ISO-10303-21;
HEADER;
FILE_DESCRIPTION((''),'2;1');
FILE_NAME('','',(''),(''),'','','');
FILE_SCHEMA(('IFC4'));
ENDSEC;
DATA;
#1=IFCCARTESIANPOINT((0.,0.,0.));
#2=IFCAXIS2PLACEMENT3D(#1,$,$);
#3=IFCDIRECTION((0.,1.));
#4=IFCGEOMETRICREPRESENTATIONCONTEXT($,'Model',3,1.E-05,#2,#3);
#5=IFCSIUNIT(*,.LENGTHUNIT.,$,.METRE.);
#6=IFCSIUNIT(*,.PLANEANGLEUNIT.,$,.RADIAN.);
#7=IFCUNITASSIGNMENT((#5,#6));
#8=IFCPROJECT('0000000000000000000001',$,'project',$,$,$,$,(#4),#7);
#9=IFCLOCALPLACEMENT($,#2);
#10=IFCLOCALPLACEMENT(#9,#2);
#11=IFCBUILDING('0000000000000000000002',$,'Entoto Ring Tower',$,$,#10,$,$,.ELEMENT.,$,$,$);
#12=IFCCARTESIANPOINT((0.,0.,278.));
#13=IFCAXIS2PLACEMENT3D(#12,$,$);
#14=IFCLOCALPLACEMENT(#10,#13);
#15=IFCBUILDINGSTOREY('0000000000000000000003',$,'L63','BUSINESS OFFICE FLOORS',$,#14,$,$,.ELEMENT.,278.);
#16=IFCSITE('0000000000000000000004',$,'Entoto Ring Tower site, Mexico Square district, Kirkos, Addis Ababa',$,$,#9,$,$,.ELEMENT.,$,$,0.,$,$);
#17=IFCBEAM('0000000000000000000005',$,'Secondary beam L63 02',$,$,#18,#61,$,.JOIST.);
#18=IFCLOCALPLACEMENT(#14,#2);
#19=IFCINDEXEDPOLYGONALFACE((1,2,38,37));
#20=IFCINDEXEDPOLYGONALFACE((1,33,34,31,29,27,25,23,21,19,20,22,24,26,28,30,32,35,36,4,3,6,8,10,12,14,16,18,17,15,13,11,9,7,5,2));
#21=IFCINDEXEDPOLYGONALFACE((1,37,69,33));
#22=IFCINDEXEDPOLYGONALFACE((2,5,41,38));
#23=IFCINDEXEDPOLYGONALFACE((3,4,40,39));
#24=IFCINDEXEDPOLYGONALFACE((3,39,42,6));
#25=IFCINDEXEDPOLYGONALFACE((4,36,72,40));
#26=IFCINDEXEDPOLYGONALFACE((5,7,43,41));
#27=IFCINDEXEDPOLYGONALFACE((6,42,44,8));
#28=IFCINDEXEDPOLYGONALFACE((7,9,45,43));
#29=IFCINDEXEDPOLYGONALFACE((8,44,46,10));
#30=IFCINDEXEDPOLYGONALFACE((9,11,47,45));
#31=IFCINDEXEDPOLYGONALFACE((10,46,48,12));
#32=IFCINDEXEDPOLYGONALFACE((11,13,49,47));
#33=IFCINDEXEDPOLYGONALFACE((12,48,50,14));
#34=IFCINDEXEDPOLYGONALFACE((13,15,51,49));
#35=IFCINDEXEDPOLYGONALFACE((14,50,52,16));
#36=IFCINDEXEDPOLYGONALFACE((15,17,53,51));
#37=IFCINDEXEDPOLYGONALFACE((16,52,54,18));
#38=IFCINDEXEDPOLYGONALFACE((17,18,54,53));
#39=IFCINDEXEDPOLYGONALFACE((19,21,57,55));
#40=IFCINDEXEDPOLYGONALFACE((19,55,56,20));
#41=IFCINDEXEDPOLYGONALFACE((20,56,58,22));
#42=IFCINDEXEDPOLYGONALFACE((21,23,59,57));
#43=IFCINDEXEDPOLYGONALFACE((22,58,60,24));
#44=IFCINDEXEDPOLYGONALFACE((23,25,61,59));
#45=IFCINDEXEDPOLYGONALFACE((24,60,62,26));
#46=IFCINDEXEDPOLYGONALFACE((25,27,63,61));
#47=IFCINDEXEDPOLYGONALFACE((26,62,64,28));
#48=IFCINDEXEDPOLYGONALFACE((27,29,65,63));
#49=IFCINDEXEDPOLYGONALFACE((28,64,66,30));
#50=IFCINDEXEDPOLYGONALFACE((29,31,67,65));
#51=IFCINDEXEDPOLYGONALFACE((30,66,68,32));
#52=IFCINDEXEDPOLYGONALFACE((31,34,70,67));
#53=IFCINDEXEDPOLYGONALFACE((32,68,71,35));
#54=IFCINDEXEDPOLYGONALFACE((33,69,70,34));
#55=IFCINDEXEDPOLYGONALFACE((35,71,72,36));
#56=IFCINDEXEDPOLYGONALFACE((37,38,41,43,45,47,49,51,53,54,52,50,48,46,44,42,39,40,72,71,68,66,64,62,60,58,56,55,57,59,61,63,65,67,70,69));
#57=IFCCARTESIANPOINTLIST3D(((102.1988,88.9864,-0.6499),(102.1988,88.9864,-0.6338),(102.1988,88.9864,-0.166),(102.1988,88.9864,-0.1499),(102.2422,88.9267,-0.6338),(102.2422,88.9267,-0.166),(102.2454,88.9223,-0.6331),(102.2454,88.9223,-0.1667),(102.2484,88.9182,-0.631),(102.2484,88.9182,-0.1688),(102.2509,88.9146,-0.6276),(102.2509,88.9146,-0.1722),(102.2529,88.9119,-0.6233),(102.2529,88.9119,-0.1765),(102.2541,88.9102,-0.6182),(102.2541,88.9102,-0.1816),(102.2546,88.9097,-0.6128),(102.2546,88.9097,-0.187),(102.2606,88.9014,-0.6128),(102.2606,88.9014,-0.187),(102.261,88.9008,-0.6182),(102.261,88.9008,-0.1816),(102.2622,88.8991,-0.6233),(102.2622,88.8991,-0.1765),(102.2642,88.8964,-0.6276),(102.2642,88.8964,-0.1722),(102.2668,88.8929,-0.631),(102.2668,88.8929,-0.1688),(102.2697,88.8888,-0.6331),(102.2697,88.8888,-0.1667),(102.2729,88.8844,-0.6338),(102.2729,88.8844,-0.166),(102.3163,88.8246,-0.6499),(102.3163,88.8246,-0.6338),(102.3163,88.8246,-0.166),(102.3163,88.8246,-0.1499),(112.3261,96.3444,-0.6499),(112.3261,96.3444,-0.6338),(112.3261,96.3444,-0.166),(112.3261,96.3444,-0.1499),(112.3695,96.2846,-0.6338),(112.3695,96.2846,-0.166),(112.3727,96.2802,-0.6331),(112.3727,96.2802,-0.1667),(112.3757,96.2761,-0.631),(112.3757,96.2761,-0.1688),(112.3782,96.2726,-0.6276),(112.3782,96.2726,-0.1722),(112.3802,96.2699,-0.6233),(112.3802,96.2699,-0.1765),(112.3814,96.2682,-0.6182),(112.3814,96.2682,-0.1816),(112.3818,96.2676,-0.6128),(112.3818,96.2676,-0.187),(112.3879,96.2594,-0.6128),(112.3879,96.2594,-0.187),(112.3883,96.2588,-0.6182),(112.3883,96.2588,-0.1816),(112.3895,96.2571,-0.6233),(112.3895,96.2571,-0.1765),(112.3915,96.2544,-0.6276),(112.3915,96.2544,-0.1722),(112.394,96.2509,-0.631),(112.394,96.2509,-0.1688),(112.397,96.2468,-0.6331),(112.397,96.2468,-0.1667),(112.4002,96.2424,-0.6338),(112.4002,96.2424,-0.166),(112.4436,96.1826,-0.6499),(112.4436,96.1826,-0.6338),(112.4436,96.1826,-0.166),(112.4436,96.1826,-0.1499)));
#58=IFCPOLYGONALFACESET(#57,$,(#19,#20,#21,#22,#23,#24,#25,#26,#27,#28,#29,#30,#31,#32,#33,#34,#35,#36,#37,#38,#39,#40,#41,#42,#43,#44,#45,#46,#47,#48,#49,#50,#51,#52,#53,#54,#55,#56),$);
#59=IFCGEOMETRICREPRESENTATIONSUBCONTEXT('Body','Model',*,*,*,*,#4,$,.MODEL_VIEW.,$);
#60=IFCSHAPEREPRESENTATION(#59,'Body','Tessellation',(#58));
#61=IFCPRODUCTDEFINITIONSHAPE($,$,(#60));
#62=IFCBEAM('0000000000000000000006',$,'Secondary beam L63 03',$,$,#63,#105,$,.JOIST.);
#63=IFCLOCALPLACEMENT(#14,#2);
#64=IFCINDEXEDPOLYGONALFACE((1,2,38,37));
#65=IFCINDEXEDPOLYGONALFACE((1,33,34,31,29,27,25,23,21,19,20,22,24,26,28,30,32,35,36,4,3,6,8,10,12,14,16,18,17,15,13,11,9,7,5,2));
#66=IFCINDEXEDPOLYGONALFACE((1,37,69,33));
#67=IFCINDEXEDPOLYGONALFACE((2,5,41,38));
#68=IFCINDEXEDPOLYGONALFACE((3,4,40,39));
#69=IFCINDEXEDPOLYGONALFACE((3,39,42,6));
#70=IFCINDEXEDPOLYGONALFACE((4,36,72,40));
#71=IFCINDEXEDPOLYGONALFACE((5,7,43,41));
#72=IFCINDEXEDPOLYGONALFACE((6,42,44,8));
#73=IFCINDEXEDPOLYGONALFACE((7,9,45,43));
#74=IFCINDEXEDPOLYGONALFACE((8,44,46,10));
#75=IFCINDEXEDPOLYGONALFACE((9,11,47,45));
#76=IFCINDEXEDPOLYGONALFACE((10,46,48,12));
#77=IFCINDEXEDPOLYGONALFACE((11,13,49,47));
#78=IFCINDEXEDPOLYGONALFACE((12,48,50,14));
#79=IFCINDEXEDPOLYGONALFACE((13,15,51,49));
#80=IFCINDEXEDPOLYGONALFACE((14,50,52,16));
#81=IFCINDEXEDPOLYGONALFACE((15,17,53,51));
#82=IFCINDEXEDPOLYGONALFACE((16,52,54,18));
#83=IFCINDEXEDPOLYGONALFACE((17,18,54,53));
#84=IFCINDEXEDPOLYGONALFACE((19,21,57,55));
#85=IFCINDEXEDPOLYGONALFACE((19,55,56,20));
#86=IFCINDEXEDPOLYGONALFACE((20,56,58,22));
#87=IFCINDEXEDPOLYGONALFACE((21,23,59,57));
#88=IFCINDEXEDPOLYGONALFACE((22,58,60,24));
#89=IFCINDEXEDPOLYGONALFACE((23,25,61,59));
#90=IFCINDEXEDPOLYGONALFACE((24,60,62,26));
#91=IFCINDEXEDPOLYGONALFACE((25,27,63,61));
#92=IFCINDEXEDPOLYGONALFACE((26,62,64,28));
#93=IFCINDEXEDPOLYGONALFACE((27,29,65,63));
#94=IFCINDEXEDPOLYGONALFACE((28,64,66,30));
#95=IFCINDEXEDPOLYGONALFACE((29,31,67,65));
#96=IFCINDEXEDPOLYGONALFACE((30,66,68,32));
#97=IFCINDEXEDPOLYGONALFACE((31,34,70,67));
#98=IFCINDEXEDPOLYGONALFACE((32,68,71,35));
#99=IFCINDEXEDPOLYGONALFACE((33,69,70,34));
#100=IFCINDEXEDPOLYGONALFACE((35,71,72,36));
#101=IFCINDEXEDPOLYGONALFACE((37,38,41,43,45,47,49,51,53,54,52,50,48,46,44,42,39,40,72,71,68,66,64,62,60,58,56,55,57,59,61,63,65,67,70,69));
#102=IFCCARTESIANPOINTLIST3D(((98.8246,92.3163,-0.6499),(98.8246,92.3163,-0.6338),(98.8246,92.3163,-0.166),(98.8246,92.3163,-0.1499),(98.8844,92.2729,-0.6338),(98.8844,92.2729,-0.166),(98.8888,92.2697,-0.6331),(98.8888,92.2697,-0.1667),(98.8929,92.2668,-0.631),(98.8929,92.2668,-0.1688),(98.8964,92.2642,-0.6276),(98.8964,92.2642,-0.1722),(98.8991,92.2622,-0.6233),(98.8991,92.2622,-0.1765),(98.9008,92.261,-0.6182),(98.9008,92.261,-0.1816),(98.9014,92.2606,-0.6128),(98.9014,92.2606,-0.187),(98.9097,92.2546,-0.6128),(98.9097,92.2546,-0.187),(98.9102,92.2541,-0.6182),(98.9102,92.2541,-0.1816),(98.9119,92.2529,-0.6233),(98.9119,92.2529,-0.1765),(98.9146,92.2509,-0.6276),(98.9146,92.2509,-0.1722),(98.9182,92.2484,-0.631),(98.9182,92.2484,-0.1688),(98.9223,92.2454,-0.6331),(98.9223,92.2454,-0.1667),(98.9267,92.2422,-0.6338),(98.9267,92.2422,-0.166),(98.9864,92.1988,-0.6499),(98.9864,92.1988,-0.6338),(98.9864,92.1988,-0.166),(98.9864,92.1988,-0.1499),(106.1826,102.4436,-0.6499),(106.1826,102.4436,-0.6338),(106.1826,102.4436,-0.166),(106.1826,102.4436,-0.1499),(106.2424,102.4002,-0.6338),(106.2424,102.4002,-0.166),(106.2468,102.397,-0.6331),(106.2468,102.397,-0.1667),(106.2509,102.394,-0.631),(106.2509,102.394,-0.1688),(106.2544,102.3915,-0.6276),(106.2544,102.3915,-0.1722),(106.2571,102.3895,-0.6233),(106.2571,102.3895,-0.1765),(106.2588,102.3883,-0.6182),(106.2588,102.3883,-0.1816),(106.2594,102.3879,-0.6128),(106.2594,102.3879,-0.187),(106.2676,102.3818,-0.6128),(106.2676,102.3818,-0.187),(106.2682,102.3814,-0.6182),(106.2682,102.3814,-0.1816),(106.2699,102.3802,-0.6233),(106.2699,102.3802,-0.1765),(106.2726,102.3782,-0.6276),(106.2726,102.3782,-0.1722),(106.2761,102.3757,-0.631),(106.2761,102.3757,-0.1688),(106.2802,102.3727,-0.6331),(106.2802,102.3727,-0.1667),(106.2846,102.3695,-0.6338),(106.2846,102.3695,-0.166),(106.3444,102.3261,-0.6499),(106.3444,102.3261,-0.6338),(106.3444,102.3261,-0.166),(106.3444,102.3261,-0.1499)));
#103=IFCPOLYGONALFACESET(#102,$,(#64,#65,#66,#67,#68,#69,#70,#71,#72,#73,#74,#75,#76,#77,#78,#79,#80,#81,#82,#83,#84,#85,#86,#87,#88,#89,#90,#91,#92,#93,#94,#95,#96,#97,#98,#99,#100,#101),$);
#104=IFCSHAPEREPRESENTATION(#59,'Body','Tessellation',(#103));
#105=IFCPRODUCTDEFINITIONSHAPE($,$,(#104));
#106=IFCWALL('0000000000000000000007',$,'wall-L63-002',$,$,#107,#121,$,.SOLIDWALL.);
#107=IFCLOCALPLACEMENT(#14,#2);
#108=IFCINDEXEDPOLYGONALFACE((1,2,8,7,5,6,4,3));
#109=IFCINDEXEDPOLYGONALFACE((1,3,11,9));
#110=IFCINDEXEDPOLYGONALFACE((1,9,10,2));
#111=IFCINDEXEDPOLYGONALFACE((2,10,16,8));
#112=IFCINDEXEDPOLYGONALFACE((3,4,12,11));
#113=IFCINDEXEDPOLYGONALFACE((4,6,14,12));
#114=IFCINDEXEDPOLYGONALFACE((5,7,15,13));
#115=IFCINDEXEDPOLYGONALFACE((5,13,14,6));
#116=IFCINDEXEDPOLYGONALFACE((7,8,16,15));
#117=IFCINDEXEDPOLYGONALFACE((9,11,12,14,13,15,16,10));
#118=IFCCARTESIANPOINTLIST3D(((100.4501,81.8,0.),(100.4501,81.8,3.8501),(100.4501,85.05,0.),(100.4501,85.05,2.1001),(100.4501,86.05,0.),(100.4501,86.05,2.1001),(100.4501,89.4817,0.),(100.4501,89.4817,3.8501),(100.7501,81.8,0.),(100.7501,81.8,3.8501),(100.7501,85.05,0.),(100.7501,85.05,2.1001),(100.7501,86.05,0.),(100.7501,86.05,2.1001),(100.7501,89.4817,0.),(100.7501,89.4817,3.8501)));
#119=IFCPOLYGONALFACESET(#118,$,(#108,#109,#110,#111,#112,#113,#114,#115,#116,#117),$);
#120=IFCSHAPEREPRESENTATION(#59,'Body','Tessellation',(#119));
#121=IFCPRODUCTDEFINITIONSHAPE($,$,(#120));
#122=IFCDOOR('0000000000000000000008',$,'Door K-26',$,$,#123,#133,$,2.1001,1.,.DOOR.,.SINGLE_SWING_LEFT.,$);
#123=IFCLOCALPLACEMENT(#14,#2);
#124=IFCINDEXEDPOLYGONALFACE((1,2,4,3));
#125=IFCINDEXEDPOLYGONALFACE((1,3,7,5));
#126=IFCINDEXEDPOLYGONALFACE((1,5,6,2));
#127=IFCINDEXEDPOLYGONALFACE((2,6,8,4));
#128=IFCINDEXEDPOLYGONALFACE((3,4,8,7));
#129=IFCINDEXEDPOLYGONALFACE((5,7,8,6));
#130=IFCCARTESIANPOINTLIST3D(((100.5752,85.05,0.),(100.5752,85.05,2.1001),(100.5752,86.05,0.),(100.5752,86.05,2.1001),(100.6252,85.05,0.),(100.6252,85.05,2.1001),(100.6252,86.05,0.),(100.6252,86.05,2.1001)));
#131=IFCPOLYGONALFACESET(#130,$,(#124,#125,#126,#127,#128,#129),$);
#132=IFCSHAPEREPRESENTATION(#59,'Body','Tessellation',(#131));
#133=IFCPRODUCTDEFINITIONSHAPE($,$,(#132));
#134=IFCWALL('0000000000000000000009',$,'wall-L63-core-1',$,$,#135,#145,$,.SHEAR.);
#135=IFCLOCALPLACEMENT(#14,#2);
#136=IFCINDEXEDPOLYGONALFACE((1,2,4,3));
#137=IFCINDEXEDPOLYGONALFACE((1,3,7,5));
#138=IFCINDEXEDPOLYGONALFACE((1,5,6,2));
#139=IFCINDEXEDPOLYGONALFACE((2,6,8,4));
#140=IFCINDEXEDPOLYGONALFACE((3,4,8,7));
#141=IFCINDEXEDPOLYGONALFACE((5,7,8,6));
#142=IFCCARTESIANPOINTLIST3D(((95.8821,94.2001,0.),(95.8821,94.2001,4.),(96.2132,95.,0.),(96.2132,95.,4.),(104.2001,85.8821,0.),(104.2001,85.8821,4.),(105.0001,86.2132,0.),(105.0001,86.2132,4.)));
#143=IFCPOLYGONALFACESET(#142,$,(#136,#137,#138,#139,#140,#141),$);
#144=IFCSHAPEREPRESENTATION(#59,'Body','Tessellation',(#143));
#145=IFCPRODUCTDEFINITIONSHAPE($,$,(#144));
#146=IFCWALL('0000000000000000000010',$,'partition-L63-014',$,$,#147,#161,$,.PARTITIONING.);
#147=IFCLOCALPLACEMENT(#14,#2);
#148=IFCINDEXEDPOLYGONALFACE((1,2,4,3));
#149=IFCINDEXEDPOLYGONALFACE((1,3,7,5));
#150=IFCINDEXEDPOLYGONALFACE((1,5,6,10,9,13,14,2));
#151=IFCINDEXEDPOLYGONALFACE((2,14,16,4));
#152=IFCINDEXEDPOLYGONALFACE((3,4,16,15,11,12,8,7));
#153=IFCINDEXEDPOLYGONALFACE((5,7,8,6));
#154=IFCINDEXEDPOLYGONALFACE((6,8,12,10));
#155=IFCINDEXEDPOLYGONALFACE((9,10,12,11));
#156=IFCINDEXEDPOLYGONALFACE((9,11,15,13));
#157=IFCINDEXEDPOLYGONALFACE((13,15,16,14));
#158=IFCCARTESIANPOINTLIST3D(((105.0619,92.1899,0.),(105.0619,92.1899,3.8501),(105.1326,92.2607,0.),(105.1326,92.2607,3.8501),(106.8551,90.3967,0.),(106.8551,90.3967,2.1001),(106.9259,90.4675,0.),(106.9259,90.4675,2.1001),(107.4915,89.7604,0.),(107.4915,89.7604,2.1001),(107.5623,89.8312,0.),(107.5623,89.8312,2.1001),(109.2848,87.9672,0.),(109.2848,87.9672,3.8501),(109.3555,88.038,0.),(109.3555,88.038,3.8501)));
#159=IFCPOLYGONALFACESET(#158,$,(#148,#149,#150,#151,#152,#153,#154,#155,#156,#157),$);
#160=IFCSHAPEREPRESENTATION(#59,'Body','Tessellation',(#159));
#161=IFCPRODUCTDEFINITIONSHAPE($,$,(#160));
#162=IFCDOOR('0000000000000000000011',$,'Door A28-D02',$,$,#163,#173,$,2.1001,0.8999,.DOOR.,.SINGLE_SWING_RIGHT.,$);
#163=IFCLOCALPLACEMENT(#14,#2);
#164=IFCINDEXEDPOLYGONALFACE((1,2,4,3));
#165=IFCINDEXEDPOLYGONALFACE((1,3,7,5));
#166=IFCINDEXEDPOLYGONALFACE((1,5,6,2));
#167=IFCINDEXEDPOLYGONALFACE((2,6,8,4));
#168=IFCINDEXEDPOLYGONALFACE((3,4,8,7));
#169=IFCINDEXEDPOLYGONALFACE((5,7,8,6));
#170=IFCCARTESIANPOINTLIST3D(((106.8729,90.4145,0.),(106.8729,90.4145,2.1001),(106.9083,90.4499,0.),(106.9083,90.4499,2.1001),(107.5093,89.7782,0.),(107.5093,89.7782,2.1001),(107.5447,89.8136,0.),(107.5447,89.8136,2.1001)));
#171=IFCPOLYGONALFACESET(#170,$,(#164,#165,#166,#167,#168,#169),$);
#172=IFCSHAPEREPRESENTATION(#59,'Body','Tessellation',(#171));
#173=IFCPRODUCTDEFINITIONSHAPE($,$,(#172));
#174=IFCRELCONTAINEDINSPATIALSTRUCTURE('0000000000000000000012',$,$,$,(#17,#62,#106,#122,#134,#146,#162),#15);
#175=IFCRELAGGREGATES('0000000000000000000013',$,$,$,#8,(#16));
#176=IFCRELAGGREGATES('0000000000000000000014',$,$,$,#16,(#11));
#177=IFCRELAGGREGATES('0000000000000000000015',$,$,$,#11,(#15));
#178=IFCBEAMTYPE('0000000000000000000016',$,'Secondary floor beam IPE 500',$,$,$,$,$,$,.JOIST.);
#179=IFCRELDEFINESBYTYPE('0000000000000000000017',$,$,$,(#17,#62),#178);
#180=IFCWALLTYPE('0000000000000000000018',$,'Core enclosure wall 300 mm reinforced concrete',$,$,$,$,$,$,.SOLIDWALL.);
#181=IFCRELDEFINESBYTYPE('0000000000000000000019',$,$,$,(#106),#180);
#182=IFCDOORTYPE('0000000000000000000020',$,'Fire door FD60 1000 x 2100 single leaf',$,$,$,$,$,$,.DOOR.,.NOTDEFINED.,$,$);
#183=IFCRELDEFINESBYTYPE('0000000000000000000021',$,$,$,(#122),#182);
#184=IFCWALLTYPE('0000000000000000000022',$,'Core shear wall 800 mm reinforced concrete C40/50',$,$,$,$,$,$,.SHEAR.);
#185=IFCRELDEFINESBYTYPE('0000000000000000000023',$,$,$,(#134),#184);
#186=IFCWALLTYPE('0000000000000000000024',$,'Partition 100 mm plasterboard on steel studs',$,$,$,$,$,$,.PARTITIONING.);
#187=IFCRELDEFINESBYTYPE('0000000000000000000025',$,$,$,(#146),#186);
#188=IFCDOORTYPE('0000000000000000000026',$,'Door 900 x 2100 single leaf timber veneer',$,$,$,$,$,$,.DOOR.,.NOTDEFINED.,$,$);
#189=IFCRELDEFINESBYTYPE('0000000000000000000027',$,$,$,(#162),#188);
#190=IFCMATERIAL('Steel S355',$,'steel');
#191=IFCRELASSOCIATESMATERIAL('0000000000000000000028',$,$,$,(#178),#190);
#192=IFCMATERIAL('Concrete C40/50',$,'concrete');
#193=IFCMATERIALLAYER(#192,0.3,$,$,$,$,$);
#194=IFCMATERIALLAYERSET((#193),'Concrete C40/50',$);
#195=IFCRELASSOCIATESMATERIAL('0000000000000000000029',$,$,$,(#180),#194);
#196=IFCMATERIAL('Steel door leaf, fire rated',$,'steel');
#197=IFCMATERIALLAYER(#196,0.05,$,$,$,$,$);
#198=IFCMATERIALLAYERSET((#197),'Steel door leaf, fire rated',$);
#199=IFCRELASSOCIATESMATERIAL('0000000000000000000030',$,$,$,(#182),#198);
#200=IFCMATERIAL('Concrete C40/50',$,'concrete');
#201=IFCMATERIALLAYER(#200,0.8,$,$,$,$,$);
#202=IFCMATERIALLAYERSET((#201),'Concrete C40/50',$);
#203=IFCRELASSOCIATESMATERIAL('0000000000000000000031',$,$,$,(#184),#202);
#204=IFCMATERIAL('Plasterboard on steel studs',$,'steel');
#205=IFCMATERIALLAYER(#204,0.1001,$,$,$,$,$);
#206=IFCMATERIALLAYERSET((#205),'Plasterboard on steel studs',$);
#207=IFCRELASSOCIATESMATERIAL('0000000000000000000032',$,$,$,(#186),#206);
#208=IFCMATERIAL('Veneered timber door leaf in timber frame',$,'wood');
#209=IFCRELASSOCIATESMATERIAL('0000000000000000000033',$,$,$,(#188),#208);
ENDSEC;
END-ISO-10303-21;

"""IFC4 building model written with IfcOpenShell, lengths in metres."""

from ifc_helpers import new_model, si_unit, direction, frame, frame_2d, origin, origin_2d, place, context, subcontext, project, spatial, polyline, rectangle, i_section, outline, extrude, material, layer, layer_set, material_profile, profile_set, type_object, element, fill, save


model = new_model("IFC4")

# Units and contexts
model_context = context("Model", 3, precision=1e-05, world=origin(), true_north=direction((0.0, 1.0)))
body_context = subcontext(model_context, "Body", "Model", "MODEL_VIEW")
ifc_project = project(units=[si_unit("LENGTHUNIT", "METRE"), si_unit("PLANEANGLEUNIT", "RADIAN")], contexts=[model_context])

# Site, building, storey
site_placement = place(None, origin())
site = spatial("IfcSite", under=ifc_project, at=site_placement, Name="Entoto Ring Tower site, Mexico Square district, Kirkos, Addis Ababa", CompositionType="ELEMENT", RefElevation=0.0)
building_placement = place(site_placement, origin())
building = spatial("IfcBuilding", under=site, at=building_placement, Name="Entoto Ring Tower", CompositionType="ELEMENT")
storey_placement = place(building_placement, frame((0.0, 0.0, 278.0)))
storey = spatial("IfcBuildingStorey", under=building, at=storey_placement, Name="L63", Description="BUSINESS OFFICE FLOORS", CompositionType="ELEMENT", Elevation=278.0)

# Beams
ifc_material_1 = material(Name="Steel S355", Category="steel")
ifc_material_profile_1 = material_profile(ifc_material_1, i_section(OverallWidth=0.2, OverallDepth=0.5, WebThickness=0.0103, FlangeThickness=0.0161, FilletRadius=0.021, at=origin_2d()), Name="IPE 500")
ifc_profile_set_1 = profile_set([ifc_material_profile_1], Name="Steel S355")
beam_type_1 = type_object("IfcBeamType", Name="Secondary floor beam IPE 500", PredefinedType="JOIST", material=ifc_profile_set_1)
for number, where, z_axis, x_axis, name in (
    (1, (102.2576, 88.9055, -0.3999), (0.809014, 0.587789, 0.0), (-0.587789, 0.809014, 0.0), "Secondary beam L63 02"),
    (2, (98.9055, 92.2576, -0.3999), (0.587789, 0.809014, 0.0), (-0.809014, 0.587789, 0.0), "Secondary beam L63 03"),
):
    element("IfcBeam", number, at=place(storey_placement, frame(where, z_axis=z_axis, x_axis=x_axis)), inside=storey, type_object=beam_type_1, Name=name, PredefinedType="JOIST", context=body_context, shape_type="SweptSolid", body=[
        extrude(i_section(OverallWidth=0.2, OverallDepth=0.5, WebThickness=0.0103, FlangeThickness=0.0161, FilletRadius=0.021, at=origin_2d()), origin(), (0.0, 0.0, 1.0), 12.5181),
    ])

# Wall, opening, door
ifc_material_2 = material(Name="Concrete C40/50", Category="concrete")
ifc_layer_1 = layer(ifc_material_2, 0.3)
ifc_layer_set_1 = layer_set([ifc_layer_1], Name="Concrete C40/50")
wall_type_1 = type_object("IfcWallType", Name="Core enclosure wall 300 mm reinforced concrete", PredefinedType="SOLIDWALL", material=ifc_layer_set_1)
wall_1_placement = place(storey_placement, frame((100.6001, 81.8, 0.0), z_axis=(0.0, 0.0, 1.0), x_axis=(0.0, 1.0, 0.0)))
wall_1 = element("IfcWall", 3, at=wall_1_placement, inside=storey, type_object=wall_type_1, Name="wall-L63-002", PredefinedType="SOLIDWALL", context=body_context, shape_type="SweptSolid", body=[
    extrude(rectangle(XDim=7.6816, YDim=0.3, at=frame_2d((3.8408, 0.0))), origin(), (0.0, 0.0, 1.0), 3.8501),
])
opening_1_placement = place(wall_1_placement, frame((3.25, 0.0, 0.0)))
opening_1 = element("IfcOpeningElement", 4, at=opening_1_placement, cuts=wall_1, PredefinedType="OPENING", context=body_context, shape_type="SweptSolid", body=[
    extrude(rectangle(XDim=1.0, YDim=2.1001, at=frame_2d((0.5, 1.05))), frame((0.0, 0.1602, 0.0), z_axis=(0.0, -1.0, 0.0), x_axis=(1.0, 0.0, 0.0)), (0.0, 0.0, 1.0), 0.3201),
])
ifc_material_3 = material(Name="Steel door leaf, fire rated", Category="steel")
ifc_layer_2 = layer(ifc_material_3, 0.05)
ifc_layer_set_2 = layer_set([ifc_layer_2], Name="Steel door leaf, fire rated")
door_type_1 = type_object("IfcDoorType", Name="Fire door FD60 1000 x 2100 single leaf", OperationType="NOTDEFINED", PredefinedType="DOOR", material=ifc_layer_set_2)
door_1_placement = place(opening_1_placement, origin())
door_1 = element("IfcDoor", 5, at=door_1_placement, inside=storey, type_object=door_type_1, Name="Door K-26", OperationType="SINGLE_SWING_LEFT", OverallHeight=2.1001, OverallWidth=1.0, PredefinedType="DOOR", context=body_context, shape_type="SweptSolid", body=[
    extrude(rectangle(XDim=1.0, YDim=2.1001, at=frame_2d((0.5, 1.05))), frame((0.0, 0.0249, 0.0), z_axis=(0.0, -1.0, 0.0), x_axis=(1.0, 0.0, 0.0)), (0.0, 0.0, 1.0), 0.05),
])
fill(opening_1, door_1)

# Wall
ifc_material_4 = material(Name="Concrete C40/50", Category="concrete")
ifc_layer_3 = layer(ifc_material_4, 0.8)
ifc_layer_set_3 = layer_set([ifc_layer_3], Name="Concrete C40/50")
wall_type_2 = type_object("IfcWallType", Name="Core shear wall 800 mm reinforced concrete C40/50", PredefinedType="SHEAR", material=ifc_layer_set_3)
wall_2_placement = place(storey_placement, frame((104.6001, 86.0476, 0.0), z_axis=(0.0, 0.0, 1.0), x_axis=(-0.707107, 0.707107, 0.0)))
element("IfcWall", 6, at=wall_2_placement, inside=storey, type_object=wall_type_2, Name="wall-L63-core-1", PredefinedType="SHEAR", context=body_context, shape_type="SweptSolid", body=[
    extrude(outline(polyline([(-0.1658, -0.3999), (12.2607, -0.3999), (11.9292, 0.3999), (0.1658, 0.3999), (-0.1658, -0.3999)])), origin(), (0.0, 0.0, 1.0), 4.0),
])

# Wall, opening, door
ifc_material_5 = material(Name="Plasterboard on steel studs", Category="steel")
ifc_layer_4 = layer(ifc_material_5, 0.1001)
ifc_layer_set_4 = layer_set([ifc_layer_4], Name="Plasterboard on steel studs")
wall_type_3 = type_object("IfcWallType", Name="Partition 100 mm plasterboard on steel studs", PredefinedType="PARTITIONING", material=ifc_layer_set_4)
wall_3_placement = place(storey_placement, frame((109.3201, 88.0027, 0.0), z_axis=(0.0, 0.0, 1.0), x_axis=(-0.707127, 0.707086, 0.0)))
wall_3 = element("IfcWall", 7, at=wall_3_placement, inside=storey, type_object=wall_type_3, Name="partition-L63-014", PredefinedType="PARTITIONING", context=body_context, shape_type="SweptSolid", body=[
    extrude(rectangle(XDim=5.9719, YDim=0.1001, at=frame_2d((2.9858, 0.0))), origin(), (0.0, 0.0, 1.0), 3.8501),
])
opening_2_placement = place(wall_3_placement, frame((2.5359, 0.0, 0.0)))
opening_2 = element("IfcOpeningElement", 8, at=opening_2_placement, cuts=wall_3, PredefinedType="OPENING", context=body_context, shape_type="SweptSolid", body=[
    extrude(rectangle(XDim=0.8999, YDim=2.1001, at=frame_2d((0.45, 1.05))), frame((0.0, 0.0601, 0.0), z_axis=(0.0, -1.0, 0.0), x_axis=(1.0, 0.0, 0.0)), (0.0, 0.0, 1.0), 0.1201),
])
ifc_material_6 = material(Name="Veneered timber door leaf in timber frame", Category="wood")
door_type_2 = type_object("IfcDoorType", Name="Door 900 x 2100 single leaf timber veneer", OperationType="NOTDEFINED", PredefinedType="DOOR", material=ifc_material_6)
door_2_placement = place(opening_2_placement, origin())
door_2 = element("IfcDoor", 9, at=door_2_placement, inside=storey, type_object=door_type_2, Name="Door A28-D02", OperationType="SINGLE_SWING_RIGHT", OverallHeight=2.1001, OverallWidth=0.8999, PredefinedType="DOOR", context=body_context, shape_type="SweptSolid", body=[
    extrude(rectangle(XDim=0.8999, YDim=2.1001, at=frame_2d((0.45, 1.05))), frame((0.0, 0.0249, 0.0), z_axis=(0.0, -1.0, 0.0), x_axis=(1.0, 0.0, 0.0)), (0.0, 0.0, 1.0), 0.05),
])
fill(opening_2, door_2)

save(model, "model.ifc")
